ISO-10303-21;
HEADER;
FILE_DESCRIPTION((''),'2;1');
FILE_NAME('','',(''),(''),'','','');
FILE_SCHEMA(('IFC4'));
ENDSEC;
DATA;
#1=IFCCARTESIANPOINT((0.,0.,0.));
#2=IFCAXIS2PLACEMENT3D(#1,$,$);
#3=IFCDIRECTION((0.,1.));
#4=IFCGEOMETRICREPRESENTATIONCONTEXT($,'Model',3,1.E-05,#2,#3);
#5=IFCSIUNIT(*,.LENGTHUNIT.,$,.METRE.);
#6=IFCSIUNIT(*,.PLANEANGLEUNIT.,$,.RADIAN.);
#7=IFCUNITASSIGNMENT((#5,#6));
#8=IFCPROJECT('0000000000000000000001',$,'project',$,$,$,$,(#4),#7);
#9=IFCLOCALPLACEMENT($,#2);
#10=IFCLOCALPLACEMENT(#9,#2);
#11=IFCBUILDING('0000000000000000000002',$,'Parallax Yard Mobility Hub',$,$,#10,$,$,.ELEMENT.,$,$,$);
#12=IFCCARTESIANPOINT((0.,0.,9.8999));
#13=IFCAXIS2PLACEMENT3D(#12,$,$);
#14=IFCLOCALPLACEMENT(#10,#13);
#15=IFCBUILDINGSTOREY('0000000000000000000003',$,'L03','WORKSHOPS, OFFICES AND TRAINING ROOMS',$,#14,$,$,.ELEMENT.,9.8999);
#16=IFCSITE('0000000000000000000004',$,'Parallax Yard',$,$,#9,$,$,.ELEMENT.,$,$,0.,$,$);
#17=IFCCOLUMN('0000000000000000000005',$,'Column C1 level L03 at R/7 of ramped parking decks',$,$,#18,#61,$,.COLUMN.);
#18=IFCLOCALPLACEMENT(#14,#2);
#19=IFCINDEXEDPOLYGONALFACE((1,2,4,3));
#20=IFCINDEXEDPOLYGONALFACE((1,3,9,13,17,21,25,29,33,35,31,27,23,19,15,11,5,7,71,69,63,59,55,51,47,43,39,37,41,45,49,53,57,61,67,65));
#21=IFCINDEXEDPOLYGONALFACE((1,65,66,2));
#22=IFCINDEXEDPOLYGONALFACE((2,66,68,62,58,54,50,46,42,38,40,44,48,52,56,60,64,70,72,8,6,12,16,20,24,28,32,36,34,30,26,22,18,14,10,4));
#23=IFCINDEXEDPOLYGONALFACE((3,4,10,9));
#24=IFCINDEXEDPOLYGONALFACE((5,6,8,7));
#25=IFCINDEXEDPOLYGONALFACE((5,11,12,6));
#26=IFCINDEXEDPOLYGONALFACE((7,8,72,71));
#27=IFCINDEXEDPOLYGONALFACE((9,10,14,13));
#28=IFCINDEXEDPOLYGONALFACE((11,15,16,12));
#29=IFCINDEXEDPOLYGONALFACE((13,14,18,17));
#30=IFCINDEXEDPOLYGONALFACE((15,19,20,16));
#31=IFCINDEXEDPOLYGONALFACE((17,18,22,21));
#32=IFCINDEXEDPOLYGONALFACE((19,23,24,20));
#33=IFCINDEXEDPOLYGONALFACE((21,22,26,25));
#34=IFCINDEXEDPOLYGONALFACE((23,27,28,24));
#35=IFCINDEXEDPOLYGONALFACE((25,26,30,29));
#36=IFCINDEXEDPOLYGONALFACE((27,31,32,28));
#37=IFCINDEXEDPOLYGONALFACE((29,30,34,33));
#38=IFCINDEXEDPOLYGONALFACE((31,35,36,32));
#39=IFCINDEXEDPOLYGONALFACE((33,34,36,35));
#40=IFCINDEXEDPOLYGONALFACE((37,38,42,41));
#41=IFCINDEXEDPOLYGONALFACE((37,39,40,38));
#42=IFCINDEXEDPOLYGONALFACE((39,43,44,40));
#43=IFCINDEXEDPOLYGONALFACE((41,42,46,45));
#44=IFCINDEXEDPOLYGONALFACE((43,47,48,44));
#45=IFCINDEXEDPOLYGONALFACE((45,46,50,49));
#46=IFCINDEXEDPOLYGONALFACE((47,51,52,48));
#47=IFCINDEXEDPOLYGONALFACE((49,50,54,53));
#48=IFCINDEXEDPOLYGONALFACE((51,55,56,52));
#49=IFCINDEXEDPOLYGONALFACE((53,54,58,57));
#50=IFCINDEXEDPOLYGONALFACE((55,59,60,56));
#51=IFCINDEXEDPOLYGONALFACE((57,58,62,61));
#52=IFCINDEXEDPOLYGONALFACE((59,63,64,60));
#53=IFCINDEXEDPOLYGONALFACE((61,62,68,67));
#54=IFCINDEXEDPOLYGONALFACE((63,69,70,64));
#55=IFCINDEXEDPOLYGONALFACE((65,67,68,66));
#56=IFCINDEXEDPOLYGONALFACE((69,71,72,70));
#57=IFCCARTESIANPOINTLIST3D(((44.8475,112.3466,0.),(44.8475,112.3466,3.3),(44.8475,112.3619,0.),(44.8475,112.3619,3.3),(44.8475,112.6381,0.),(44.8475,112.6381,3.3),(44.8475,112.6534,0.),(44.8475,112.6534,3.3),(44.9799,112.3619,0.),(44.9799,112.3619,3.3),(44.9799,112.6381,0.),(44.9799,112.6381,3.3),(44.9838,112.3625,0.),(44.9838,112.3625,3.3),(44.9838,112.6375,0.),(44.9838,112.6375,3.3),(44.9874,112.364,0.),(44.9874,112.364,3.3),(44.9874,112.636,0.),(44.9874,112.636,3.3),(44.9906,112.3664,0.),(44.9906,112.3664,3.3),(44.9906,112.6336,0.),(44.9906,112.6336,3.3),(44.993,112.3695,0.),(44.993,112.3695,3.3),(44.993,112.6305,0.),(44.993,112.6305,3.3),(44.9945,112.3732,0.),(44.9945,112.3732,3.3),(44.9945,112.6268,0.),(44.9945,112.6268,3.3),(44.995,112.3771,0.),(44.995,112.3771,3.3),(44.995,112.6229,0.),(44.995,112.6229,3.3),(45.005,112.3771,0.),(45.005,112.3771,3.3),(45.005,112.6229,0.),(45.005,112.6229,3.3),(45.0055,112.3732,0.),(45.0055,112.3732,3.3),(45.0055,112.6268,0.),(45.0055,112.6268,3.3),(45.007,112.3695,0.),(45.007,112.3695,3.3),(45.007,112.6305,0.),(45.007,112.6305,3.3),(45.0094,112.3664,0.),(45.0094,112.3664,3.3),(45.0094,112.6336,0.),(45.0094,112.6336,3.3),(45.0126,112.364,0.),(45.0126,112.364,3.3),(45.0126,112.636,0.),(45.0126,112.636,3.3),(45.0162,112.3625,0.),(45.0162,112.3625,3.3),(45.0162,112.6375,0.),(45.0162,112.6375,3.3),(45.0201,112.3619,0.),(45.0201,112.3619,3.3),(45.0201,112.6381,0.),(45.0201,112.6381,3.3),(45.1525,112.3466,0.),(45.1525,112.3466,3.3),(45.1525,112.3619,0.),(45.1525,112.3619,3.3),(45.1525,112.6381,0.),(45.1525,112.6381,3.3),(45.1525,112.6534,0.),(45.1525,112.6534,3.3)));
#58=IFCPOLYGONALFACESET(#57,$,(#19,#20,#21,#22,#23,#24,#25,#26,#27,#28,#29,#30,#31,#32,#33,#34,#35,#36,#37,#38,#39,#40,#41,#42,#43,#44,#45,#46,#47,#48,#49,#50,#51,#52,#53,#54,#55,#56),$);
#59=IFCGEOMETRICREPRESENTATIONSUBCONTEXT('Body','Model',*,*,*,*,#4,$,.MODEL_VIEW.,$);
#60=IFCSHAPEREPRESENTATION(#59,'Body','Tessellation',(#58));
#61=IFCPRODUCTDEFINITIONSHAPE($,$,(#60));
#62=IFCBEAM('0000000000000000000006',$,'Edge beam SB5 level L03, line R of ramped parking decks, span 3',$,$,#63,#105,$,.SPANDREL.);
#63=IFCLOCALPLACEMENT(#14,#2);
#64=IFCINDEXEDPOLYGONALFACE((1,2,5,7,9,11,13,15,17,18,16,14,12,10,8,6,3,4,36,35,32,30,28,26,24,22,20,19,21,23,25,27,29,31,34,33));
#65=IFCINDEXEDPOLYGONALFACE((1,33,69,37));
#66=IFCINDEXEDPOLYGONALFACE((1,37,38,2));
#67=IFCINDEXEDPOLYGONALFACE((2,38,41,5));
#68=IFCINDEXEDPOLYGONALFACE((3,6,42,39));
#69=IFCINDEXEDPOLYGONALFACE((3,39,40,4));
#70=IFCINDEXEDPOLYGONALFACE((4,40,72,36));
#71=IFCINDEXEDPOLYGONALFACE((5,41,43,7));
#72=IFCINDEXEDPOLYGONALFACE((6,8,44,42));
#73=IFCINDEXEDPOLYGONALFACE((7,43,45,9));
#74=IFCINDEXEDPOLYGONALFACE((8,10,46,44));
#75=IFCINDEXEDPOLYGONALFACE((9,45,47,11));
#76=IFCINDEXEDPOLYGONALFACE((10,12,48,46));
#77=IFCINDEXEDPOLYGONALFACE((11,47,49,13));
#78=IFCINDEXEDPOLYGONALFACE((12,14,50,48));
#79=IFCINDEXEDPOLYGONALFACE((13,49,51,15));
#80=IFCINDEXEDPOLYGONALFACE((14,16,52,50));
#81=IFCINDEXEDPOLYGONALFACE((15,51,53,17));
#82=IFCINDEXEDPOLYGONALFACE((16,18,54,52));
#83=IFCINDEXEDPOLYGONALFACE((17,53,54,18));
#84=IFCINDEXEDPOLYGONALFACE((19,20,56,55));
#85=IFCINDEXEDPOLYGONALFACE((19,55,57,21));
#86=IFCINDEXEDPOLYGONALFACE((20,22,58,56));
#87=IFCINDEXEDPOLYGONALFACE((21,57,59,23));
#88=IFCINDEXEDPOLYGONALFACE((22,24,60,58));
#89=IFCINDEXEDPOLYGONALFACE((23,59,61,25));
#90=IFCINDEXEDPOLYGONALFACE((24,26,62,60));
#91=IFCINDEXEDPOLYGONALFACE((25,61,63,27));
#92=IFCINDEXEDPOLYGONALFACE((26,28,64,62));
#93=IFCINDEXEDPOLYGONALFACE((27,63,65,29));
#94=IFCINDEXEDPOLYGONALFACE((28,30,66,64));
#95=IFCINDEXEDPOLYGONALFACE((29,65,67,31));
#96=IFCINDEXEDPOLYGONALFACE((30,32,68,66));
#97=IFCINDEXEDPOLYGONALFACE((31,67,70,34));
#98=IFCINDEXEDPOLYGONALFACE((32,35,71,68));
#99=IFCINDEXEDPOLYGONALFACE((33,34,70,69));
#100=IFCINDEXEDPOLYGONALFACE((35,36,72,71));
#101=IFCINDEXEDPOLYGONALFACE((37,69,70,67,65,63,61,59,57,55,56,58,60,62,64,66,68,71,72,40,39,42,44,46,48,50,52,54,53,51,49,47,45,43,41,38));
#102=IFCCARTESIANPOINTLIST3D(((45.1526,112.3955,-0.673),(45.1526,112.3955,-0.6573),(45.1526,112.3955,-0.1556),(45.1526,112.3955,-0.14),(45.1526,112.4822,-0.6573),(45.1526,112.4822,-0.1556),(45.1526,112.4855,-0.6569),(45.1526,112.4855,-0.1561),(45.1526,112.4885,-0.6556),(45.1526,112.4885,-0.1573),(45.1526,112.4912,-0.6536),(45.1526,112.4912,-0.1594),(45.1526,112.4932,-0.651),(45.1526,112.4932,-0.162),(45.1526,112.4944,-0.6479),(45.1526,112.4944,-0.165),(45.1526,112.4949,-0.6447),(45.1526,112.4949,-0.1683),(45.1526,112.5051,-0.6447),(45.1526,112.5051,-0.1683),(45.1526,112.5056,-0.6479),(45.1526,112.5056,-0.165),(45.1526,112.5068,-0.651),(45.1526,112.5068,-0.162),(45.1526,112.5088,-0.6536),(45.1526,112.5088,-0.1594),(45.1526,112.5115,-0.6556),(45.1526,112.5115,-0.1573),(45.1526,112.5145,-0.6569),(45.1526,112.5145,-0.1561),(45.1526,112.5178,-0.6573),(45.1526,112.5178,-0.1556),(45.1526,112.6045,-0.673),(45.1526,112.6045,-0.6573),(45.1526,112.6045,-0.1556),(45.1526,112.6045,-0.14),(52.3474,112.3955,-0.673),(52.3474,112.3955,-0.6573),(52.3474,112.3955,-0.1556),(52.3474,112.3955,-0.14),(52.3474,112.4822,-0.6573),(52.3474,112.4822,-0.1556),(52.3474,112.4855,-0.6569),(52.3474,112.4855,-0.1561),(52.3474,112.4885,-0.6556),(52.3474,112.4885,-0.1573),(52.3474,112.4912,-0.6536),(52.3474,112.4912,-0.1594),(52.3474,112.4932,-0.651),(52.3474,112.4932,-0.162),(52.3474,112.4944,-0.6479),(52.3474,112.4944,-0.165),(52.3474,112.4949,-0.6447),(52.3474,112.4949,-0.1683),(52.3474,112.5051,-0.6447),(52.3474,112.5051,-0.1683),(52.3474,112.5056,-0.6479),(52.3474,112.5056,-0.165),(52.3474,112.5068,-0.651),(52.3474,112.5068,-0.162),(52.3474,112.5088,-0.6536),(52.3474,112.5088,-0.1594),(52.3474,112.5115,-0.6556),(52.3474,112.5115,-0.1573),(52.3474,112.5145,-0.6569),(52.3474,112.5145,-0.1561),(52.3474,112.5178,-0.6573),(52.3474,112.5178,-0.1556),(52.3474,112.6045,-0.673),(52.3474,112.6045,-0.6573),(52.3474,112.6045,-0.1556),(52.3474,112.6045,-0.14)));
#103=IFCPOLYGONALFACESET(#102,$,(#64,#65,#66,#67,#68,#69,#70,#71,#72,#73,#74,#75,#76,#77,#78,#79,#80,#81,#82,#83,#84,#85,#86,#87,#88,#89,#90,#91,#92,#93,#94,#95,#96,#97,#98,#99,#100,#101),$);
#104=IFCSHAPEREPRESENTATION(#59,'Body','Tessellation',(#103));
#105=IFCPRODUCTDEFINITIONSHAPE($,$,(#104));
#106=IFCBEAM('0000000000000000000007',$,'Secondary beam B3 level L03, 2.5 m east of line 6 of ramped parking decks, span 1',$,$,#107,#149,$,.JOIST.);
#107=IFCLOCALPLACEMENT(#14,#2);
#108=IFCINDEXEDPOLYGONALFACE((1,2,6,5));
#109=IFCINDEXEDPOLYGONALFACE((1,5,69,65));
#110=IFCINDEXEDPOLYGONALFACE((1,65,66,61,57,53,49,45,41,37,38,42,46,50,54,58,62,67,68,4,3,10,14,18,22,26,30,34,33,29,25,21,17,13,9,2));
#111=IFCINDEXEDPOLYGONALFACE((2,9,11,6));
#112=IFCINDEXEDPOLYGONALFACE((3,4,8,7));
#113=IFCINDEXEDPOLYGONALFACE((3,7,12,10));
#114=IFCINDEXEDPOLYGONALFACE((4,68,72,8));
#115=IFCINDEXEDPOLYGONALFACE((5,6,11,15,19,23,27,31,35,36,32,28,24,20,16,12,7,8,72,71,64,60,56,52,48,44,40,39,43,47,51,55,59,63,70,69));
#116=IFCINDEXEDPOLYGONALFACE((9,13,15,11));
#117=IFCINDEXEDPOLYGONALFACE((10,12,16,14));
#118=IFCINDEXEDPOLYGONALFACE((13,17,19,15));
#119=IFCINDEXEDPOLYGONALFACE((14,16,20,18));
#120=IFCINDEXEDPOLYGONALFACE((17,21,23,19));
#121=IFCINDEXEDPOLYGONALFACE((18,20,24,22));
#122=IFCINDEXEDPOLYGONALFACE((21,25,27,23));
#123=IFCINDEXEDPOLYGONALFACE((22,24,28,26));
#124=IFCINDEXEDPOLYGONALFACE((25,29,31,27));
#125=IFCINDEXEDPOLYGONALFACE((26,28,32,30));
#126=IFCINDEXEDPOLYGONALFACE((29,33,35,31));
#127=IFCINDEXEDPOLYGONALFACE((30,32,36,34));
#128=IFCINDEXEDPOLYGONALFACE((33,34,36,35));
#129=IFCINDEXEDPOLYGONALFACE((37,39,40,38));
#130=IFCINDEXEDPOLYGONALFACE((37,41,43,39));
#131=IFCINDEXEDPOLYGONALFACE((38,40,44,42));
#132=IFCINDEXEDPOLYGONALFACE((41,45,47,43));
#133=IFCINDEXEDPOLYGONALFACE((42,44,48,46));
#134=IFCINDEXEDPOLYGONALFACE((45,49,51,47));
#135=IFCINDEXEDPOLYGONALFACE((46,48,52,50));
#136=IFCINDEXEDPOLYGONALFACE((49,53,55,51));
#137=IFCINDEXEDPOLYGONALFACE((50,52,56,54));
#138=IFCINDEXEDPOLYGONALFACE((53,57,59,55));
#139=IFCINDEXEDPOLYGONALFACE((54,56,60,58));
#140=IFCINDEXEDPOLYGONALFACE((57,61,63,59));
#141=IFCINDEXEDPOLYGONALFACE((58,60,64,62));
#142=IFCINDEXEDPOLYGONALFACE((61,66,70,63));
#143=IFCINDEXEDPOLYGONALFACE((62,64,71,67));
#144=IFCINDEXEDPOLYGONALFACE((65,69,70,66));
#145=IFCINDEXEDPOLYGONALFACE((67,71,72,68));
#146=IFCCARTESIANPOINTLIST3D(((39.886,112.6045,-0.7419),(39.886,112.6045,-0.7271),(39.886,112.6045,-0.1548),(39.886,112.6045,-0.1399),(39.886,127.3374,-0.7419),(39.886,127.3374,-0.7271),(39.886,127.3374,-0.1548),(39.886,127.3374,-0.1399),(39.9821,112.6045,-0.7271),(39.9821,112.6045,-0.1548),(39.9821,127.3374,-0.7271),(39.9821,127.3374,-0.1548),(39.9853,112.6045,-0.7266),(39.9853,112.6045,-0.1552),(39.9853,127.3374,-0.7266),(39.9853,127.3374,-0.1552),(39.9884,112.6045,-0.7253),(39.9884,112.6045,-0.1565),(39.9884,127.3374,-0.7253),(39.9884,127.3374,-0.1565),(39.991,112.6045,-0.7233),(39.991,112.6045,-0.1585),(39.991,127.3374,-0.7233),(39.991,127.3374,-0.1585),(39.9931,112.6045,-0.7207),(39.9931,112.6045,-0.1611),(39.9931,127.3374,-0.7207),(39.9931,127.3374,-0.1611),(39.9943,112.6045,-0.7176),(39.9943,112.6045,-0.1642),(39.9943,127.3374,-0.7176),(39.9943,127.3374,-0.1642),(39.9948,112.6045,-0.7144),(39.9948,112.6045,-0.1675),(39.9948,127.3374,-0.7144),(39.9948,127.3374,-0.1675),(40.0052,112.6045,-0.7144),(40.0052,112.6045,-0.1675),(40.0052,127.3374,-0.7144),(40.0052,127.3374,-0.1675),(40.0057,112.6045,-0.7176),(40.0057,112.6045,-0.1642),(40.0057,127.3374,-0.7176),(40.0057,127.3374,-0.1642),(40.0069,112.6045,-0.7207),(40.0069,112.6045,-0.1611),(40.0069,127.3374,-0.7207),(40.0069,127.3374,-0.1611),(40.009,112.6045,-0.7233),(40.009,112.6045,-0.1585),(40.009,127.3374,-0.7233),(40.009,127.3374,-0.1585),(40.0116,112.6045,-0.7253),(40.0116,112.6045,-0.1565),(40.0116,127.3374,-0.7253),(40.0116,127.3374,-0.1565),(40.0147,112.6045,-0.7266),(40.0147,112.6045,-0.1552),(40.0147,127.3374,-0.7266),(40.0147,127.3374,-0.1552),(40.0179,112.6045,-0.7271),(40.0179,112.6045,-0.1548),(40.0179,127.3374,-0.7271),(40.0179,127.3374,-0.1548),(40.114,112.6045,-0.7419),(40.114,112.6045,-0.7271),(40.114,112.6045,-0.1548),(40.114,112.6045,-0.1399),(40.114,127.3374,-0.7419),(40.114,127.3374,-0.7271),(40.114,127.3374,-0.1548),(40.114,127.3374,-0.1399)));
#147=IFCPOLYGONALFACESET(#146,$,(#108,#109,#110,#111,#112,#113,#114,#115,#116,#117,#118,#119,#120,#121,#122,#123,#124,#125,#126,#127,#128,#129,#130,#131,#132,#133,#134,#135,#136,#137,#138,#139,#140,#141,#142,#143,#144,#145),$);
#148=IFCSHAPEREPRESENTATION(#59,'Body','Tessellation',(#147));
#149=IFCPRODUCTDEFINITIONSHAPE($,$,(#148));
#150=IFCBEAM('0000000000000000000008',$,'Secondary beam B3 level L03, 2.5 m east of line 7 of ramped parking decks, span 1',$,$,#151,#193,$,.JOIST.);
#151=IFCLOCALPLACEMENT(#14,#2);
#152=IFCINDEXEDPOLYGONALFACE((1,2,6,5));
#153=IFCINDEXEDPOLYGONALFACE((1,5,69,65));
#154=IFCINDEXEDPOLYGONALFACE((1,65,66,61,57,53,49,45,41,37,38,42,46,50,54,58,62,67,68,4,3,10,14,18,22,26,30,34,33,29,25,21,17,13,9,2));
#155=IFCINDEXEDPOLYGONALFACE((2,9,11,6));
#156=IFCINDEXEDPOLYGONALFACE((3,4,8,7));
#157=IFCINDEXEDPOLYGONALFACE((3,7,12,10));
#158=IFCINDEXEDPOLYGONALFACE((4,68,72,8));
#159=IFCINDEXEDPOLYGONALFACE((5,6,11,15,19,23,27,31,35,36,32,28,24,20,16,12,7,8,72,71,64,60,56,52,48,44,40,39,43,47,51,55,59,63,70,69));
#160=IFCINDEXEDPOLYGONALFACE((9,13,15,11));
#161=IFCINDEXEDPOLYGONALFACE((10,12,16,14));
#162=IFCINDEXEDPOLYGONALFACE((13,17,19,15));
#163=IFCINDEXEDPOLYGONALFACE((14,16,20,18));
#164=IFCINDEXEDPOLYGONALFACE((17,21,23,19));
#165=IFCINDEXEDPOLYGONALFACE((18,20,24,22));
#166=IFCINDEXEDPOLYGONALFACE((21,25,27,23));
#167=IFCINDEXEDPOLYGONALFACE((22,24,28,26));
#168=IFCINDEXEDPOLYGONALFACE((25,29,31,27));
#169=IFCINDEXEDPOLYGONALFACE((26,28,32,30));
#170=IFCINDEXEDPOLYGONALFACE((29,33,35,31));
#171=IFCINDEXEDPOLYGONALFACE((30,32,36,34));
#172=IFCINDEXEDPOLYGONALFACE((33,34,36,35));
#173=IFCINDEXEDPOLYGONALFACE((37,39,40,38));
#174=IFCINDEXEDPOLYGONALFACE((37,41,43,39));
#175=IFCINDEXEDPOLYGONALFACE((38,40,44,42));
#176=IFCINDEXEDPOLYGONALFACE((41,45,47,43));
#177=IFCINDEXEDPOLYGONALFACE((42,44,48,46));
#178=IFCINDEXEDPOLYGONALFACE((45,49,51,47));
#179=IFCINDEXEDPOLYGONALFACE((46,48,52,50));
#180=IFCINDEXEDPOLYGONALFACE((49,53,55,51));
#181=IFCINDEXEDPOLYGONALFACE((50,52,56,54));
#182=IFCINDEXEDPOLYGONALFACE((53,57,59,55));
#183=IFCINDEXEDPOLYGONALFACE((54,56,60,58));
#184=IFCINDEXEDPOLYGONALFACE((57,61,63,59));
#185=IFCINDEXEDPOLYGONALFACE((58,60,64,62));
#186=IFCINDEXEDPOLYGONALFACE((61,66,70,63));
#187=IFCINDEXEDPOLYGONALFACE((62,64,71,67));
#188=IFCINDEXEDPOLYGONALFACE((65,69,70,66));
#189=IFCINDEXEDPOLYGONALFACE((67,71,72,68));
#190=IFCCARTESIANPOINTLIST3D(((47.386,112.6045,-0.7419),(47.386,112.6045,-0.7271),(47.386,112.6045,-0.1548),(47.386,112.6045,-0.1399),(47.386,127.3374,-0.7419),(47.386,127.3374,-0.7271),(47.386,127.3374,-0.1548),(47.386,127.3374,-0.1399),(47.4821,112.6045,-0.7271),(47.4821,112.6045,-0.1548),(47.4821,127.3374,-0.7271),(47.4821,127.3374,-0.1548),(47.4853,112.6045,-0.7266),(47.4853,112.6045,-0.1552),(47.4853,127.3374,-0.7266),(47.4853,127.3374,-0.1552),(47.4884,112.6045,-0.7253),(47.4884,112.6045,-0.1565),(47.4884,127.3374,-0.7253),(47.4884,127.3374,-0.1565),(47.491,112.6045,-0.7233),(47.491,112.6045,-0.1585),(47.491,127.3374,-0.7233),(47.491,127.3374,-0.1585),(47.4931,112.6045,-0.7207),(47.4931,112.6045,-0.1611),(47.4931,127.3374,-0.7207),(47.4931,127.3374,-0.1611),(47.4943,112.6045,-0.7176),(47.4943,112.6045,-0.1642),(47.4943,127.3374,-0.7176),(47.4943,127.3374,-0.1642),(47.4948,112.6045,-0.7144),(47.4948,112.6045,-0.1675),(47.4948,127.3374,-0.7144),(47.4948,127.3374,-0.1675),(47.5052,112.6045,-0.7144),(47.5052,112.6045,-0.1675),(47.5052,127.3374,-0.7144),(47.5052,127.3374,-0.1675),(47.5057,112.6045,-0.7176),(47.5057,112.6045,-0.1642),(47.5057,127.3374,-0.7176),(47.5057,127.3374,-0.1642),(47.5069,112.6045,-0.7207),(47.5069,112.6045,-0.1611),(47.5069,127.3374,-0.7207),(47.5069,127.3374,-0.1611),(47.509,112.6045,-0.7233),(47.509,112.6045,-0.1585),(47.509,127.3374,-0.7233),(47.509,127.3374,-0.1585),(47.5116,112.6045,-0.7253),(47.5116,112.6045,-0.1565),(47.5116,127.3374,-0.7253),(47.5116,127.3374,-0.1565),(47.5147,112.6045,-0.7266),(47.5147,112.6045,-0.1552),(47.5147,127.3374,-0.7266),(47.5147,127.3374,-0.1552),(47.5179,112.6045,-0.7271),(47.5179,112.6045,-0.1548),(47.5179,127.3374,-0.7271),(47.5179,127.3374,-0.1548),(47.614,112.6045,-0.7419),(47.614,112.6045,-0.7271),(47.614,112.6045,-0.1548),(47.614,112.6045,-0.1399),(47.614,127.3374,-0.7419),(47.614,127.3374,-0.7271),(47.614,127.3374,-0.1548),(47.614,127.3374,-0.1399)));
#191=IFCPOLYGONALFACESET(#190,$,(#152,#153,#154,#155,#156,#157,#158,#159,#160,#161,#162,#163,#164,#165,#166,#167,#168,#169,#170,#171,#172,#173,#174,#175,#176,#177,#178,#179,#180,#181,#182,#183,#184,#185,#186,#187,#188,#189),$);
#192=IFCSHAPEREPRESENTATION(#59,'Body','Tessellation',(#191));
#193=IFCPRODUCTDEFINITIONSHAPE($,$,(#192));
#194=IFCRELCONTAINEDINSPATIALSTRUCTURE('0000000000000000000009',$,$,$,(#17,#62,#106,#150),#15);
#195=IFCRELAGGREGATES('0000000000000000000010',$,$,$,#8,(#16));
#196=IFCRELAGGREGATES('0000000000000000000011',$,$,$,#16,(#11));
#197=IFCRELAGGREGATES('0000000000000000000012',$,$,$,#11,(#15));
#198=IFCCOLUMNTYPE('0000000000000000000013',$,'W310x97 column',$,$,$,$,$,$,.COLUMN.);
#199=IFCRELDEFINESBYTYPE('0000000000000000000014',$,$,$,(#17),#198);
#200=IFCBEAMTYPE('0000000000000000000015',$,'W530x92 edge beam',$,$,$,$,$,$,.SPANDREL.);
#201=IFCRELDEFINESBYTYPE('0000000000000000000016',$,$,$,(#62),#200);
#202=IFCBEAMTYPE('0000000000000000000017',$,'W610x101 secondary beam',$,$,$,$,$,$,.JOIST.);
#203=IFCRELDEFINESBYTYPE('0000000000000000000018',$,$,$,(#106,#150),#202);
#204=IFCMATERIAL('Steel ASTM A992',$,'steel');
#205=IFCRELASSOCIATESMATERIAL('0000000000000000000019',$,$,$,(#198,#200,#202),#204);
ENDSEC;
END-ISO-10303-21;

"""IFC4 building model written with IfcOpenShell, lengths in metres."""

from ifc_helpers import new_model, si_unit, direction, frame, origin, origin_2d, place, context, subcontext, project, spatial, i_section, extrude, material, material_profile, profile_set, type_object, element, save


model = new_model("IFC4")

# Units and contexts
model_context = context("Model", 3, precision=1e-05, world=origin(), true_north=direction((0.0, 1.0)))
body_context = subcontext(model_context, "Body", "Model", "MODEL_VIEW")
ifc_project = project(units=[si_unit("LENGTHUNIT", "METRE"), si_unit("PLANEANGLEUNIT", "RADIAN")], contexts=[model_context])

# Site, building, storey
site_placement = place(None, origin())
site = spatial("IfcSite", under=ifc_project, at=site_placement, Name="Parallax Yard", CompositionType="ELEMENT", RefElevation=0.0)
building_placement = place(site_placement, origin())
building = spatial("IfcBuilding", under=site, at=building_placement, Name="Parallax Yard Mobility Hub", CompositionType="ELEMENT")
storey_placement = place(building_placement, frame((0.0, 0.0, 9.8999)))
storey = spatial("IfcBuildingStorey", under=building, at=storey_placement, Name="L03", Description="WORKSHOPS, OFFICES AND TRAINING ROOMS", CompositionType="ELEMENT", Elevation=9.8999)

# Column
ifc_material_1 = material(Name="Steel ASTM A992", Category="steel")
ifc_material_profile_1 = material_profile(ifc_material_1, i_section(OverallWidth=0.3049, OverallDepth=0.3069, WebThickness=0.01, FlangeThickness=0.0154, FilletRadius=0.0151, at=origin_2d()), Name="W310x97")
ifc_profile_set_1 = profile_set([ifc_material_profile_1], Name="Steel ASTM A992")
column_type = type_object("IfcColumnType", Name="W310x97 column", PredefinedType="COLUMN", material=ifc_profile_set_1)
column_placement = place(storey_placement, frame((45.0, 112.5, 0.0), z_axis=(0.0, 0.0, 1.0), x_axis=(1.0, 0.0, 0.0)))
element("IfcColumn", 1, at=column_placement, inside=storey, type_object=column_type, Name="Column C1 level L03 at R/7 of ramped parking decks", PredefinedType="COLUMN", context=body_context, shape_type="SweptSolid", body=[
    extrude(i_section(OverallWidth=0.3049, OverallDepth=0.3069, WebThickness=0.01, FlangeThickness=0.0154, FilletRadius=0.0151, at=origin_2d()), origin(), (0.0, 0.0, 1.0), 3.3),
])

# Beams
ifc_material_profile_2 = material_profile(ifc_material_1, i_section(OverallWidth=0.209, OverallDepth=0.533, WebThickness=0.0103, FlangeThickness=0.0156, FilletRadius=0.0127, at=origin_2d()), Name="W530x92")
ifc_profile_set_2 = profile_set([ifc_material_profile_2], Name="Steel ASTM A992")
beam_type_1 = type_object("IfcBeamType", Name="W530x92 edge beam", PredefinedType="SPANDREL", material=ifc_profile_set_2)
beam_1_placement = place(storey_placement, frame((45.1526, 112.5, -0.4065), z_axis=(1.0, 0.0, 0.0), x_axis=(0.0, 1.0, 0.0)))
element("IfcBeam", 2, at=beam_1_placement, inside=storey, type_object=beam_type_1, Name="Edge beam SB5 level L03, line R of ramped parking decks, span 3", PredefinedType="SPANDREL", context=body_context, shape_type="SweptSolid", body=[
    extrude(i_section(OverallWidth=0.209, OverallDepth=0.533, WebThickness=0.0103, FlangeThickness=0.0156, FilletRadius=0.0127, at=origin_2d()), origin(), (0.0, 0.0, 1.0), 7.1948),
])
ifc_material_profile_3 = material_profile(ifc_material_1, i_section(OverallWidth=0.228, OverallDepth=0.6021, WebThickness=0.0105, FlangeThickness=0.0149, FilletRadius=0.0127, at=origin_2d()), Name="W610x101")
ifc_profile_set_3 = profile_set([ifc_material_profile_3], Name="Steel ASTM A992")
beam_type_2 = type_object("IfcBeamType", Name="W610x101 secondary beam", PredefinedType="JOIST", material=ifc_profile_set_3)
for number, where, z_axis, x_axis, name in (
    (3, (40.0, 112.6045, -0.4409), (0.0, 1.0, 0.0), (-1.0, 0.0, 0.0), "Secondary beam B3 level L03, 2.5 m east of line 6 of ramped parking decks, span 1"),
    (4, (47.5, 112.6045, -0.4409), (0.0, 1.0, 0.0), (-1.0, 0.0, 0.0), "Secondary beam B3 level L03, 2.5 m east of line 7 of ramped parking decks, span 1"),
):
    element("IfcBeam", number, at=place(storey_placement, frame(where, z_axis=z_axis, x_axis=x_axis)), inside=storey, type_object=beam_type_2, Name=name, PredefinedType="JOIST", context=body_context, shape_type="SweptSolid", body=[
        extrude(i_section(OverallWidth=0.228, OverallDepth=0.6021, WebThickness=0.0105, FlangeThickness=0.0149, FilletRadius=0.0127, at=origin_2d()), origin(), (0.0, 0.0, 1.0), 14.7329),
    ])

save(model, "model.ifc")
